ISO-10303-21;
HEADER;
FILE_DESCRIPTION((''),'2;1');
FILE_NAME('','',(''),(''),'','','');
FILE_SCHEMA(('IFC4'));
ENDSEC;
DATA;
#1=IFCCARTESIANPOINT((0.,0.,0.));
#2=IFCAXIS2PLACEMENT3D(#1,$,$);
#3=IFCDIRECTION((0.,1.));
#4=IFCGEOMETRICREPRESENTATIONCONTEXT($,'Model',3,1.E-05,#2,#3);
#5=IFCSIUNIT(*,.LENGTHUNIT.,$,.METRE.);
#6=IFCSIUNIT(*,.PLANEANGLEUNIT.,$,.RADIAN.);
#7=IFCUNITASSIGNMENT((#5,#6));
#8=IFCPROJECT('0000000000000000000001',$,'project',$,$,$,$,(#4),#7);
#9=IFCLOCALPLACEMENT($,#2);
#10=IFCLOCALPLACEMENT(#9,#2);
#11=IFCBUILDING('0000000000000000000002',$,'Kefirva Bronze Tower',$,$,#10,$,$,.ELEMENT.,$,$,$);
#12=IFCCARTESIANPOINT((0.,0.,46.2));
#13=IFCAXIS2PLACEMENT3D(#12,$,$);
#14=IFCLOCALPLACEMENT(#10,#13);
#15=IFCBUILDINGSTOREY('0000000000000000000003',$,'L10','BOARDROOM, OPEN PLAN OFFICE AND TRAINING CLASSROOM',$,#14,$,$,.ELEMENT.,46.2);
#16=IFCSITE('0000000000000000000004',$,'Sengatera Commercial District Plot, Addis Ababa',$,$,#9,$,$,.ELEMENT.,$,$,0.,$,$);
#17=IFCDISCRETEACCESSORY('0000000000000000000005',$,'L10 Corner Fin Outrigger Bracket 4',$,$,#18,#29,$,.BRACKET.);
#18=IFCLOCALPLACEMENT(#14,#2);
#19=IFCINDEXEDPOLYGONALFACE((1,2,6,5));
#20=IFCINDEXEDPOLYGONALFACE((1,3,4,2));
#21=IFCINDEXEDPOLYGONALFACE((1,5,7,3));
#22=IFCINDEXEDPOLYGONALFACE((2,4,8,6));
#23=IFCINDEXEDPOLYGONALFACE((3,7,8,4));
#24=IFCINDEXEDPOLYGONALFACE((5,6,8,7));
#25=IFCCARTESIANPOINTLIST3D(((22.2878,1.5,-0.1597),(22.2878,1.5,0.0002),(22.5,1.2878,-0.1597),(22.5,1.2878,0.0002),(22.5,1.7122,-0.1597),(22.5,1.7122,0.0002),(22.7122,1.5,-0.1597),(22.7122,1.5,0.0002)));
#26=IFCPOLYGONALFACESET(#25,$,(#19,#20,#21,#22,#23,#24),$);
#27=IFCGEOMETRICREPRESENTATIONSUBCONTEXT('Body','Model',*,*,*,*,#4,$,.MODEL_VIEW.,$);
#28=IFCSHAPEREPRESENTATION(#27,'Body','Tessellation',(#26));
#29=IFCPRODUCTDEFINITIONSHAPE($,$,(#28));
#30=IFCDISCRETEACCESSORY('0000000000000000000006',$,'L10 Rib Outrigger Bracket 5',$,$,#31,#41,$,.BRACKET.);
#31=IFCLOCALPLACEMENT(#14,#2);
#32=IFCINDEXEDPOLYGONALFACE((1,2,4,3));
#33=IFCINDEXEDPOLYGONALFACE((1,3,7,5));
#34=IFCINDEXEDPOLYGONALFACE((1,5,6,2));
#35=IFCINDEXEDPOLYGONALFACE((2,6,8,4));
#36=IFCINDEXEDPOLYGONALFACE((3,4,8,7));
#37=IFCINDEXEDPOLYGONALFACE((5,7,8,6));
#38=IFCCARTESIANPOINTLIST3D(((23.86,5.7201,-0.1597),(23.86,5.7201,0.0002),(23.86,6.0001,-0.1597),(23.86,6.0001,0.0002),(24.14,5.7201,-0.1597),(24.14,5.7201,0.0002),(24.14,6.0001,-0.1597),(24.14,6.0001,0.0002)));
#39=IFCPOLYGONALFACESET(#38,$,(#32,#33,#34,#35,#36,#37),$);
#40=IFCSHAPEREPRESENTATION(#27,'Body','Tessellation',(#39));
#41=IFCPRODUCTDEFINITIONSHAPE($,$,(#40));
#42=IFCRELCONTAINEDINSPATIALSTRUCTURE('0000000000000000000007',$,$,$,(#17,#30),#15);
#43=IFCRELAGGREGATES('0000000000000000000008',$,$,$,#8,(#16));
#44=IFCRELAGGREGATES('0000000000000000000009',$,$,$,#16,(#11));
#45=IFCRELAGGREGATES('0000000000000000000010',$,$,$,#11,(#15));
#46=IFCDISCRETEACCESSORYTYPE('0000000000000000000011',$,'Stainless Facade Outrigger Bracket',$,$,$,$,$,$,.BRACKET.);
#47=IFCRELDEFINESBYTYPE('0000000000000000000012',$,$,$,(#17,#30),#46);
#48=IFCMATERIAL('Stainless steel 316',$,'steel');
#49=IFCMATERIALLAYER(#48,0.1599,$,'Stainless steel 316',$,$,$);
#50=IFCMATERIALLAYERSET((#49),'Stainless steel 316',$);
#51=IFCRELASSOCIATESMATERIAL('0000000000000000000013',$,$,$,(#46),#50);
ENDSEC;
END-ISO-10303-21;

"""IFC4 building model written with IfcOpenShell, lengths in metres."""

from ifc_helpers import new_model, si_unit, direction, frame, origin, origin_2d, place, context, subcontext, project, spatial, rectangle, extrude, material, layer, layer_set, type_object, element, save


model = new_model("IFC4")

# Units and contexts
model_context = context("Model", 3, precision=1e-05, world=origin(), true_north=direction((0.0, 1.0)))
body_context = subcontext(model_context, "Body", "Model", "MODEL_VIEW")
ifc_project = project(units=[si_unit("LENGTHUNIT", "METRE"), si_unit("PLANEANGLEUNIT", "RADIAN")], contexts=[model_context])

# Site, building, storey
site_placement = place(None, origin())
site = spatial("IfcSite", under=ifc_project, at=site_placement, Name="Sengatera Commercial District Plot, Addis Ababa", CompositionType="ELEMENT", RefElevation=0.0)
building_placement = place(site_placement, origin())
building = spatial("IfcBuilding", under=site, at=building_placement, Name="Kefirva Bronze Tower", CompositionType="ELEMENT")
storey_placement = place(building_placement, frame((0.0, 0.0, 46.2)))
storey = spatial("IfcBuildingStorey", under=building, at=storey_placement, Name="L10", Description="BOARDROOM, OPEN PLAN OFFICE AND TRAINING CLASSROOM", CompositionType="ELEMENT", Elevation=46.2)

# Discrete accessories
ifc_material_1 = material(Name="Stainless steel 316", Category="steel")
ifc_layer_1 = layer(ifc_material_1, 0.1599, Name="Stainless steel 316")
ifc_layer_set_1 = layer_set([ifc_layer_1], Name="Stainless steel 316")
discrete_accessory_type = type_object("IfcDiscreteAccessoryType", Name="Stainless Facade Outrigger Bracket", PredefinedType="BRACKET", material=ifc_layer_set_1)
discrete_accessory_1_placement = place(storey_placement, frame((22.5, 1.5, -0.1597), z_axis=(0.0, 0.0, 1.0), x_axis=(0.707107, 0.707107, 0.0)))
element("IfcDiscreteAccessory", 1, at=discrete_accessory_1_placement, inside=storey, type_object=discrete_accessory_type, Name="L10 Corner Fin Outrigger Bracket 4", PredefinedType="BRACKET", context=body_context, shape_type="SweptSolid", body=[
    extrude(rectangle(XDim=0.3, YDim=0.3, at=origin_2d()), origin(), (0.0, 0.0, 1.0), 0.1599),
])
discrete_accessory_2_placement = place(storey_placement, frame((24.0, 5.8601, -0.1597), z_axis=(0.0, 0.0, 1.0), x_axis=(0.0, 1.0, 0.0)))
element("IfcDiscreteAccessory", 2, at=discrete_accessory_2_placement, inside=storey, type_object=discrete_accessory_type, Name="L10 Rib Outrigger Bracket 5", PredefinedType="BRACKET", context=body_context, shape_type="SweptSolid", body=[
    extrude(rectangle(XDim=0.28, YDim=0.28, at=origin_2d()), origin(), (0.0, 0.0, 1.0), 0.1599),
])

save(model, "model.ifc")
